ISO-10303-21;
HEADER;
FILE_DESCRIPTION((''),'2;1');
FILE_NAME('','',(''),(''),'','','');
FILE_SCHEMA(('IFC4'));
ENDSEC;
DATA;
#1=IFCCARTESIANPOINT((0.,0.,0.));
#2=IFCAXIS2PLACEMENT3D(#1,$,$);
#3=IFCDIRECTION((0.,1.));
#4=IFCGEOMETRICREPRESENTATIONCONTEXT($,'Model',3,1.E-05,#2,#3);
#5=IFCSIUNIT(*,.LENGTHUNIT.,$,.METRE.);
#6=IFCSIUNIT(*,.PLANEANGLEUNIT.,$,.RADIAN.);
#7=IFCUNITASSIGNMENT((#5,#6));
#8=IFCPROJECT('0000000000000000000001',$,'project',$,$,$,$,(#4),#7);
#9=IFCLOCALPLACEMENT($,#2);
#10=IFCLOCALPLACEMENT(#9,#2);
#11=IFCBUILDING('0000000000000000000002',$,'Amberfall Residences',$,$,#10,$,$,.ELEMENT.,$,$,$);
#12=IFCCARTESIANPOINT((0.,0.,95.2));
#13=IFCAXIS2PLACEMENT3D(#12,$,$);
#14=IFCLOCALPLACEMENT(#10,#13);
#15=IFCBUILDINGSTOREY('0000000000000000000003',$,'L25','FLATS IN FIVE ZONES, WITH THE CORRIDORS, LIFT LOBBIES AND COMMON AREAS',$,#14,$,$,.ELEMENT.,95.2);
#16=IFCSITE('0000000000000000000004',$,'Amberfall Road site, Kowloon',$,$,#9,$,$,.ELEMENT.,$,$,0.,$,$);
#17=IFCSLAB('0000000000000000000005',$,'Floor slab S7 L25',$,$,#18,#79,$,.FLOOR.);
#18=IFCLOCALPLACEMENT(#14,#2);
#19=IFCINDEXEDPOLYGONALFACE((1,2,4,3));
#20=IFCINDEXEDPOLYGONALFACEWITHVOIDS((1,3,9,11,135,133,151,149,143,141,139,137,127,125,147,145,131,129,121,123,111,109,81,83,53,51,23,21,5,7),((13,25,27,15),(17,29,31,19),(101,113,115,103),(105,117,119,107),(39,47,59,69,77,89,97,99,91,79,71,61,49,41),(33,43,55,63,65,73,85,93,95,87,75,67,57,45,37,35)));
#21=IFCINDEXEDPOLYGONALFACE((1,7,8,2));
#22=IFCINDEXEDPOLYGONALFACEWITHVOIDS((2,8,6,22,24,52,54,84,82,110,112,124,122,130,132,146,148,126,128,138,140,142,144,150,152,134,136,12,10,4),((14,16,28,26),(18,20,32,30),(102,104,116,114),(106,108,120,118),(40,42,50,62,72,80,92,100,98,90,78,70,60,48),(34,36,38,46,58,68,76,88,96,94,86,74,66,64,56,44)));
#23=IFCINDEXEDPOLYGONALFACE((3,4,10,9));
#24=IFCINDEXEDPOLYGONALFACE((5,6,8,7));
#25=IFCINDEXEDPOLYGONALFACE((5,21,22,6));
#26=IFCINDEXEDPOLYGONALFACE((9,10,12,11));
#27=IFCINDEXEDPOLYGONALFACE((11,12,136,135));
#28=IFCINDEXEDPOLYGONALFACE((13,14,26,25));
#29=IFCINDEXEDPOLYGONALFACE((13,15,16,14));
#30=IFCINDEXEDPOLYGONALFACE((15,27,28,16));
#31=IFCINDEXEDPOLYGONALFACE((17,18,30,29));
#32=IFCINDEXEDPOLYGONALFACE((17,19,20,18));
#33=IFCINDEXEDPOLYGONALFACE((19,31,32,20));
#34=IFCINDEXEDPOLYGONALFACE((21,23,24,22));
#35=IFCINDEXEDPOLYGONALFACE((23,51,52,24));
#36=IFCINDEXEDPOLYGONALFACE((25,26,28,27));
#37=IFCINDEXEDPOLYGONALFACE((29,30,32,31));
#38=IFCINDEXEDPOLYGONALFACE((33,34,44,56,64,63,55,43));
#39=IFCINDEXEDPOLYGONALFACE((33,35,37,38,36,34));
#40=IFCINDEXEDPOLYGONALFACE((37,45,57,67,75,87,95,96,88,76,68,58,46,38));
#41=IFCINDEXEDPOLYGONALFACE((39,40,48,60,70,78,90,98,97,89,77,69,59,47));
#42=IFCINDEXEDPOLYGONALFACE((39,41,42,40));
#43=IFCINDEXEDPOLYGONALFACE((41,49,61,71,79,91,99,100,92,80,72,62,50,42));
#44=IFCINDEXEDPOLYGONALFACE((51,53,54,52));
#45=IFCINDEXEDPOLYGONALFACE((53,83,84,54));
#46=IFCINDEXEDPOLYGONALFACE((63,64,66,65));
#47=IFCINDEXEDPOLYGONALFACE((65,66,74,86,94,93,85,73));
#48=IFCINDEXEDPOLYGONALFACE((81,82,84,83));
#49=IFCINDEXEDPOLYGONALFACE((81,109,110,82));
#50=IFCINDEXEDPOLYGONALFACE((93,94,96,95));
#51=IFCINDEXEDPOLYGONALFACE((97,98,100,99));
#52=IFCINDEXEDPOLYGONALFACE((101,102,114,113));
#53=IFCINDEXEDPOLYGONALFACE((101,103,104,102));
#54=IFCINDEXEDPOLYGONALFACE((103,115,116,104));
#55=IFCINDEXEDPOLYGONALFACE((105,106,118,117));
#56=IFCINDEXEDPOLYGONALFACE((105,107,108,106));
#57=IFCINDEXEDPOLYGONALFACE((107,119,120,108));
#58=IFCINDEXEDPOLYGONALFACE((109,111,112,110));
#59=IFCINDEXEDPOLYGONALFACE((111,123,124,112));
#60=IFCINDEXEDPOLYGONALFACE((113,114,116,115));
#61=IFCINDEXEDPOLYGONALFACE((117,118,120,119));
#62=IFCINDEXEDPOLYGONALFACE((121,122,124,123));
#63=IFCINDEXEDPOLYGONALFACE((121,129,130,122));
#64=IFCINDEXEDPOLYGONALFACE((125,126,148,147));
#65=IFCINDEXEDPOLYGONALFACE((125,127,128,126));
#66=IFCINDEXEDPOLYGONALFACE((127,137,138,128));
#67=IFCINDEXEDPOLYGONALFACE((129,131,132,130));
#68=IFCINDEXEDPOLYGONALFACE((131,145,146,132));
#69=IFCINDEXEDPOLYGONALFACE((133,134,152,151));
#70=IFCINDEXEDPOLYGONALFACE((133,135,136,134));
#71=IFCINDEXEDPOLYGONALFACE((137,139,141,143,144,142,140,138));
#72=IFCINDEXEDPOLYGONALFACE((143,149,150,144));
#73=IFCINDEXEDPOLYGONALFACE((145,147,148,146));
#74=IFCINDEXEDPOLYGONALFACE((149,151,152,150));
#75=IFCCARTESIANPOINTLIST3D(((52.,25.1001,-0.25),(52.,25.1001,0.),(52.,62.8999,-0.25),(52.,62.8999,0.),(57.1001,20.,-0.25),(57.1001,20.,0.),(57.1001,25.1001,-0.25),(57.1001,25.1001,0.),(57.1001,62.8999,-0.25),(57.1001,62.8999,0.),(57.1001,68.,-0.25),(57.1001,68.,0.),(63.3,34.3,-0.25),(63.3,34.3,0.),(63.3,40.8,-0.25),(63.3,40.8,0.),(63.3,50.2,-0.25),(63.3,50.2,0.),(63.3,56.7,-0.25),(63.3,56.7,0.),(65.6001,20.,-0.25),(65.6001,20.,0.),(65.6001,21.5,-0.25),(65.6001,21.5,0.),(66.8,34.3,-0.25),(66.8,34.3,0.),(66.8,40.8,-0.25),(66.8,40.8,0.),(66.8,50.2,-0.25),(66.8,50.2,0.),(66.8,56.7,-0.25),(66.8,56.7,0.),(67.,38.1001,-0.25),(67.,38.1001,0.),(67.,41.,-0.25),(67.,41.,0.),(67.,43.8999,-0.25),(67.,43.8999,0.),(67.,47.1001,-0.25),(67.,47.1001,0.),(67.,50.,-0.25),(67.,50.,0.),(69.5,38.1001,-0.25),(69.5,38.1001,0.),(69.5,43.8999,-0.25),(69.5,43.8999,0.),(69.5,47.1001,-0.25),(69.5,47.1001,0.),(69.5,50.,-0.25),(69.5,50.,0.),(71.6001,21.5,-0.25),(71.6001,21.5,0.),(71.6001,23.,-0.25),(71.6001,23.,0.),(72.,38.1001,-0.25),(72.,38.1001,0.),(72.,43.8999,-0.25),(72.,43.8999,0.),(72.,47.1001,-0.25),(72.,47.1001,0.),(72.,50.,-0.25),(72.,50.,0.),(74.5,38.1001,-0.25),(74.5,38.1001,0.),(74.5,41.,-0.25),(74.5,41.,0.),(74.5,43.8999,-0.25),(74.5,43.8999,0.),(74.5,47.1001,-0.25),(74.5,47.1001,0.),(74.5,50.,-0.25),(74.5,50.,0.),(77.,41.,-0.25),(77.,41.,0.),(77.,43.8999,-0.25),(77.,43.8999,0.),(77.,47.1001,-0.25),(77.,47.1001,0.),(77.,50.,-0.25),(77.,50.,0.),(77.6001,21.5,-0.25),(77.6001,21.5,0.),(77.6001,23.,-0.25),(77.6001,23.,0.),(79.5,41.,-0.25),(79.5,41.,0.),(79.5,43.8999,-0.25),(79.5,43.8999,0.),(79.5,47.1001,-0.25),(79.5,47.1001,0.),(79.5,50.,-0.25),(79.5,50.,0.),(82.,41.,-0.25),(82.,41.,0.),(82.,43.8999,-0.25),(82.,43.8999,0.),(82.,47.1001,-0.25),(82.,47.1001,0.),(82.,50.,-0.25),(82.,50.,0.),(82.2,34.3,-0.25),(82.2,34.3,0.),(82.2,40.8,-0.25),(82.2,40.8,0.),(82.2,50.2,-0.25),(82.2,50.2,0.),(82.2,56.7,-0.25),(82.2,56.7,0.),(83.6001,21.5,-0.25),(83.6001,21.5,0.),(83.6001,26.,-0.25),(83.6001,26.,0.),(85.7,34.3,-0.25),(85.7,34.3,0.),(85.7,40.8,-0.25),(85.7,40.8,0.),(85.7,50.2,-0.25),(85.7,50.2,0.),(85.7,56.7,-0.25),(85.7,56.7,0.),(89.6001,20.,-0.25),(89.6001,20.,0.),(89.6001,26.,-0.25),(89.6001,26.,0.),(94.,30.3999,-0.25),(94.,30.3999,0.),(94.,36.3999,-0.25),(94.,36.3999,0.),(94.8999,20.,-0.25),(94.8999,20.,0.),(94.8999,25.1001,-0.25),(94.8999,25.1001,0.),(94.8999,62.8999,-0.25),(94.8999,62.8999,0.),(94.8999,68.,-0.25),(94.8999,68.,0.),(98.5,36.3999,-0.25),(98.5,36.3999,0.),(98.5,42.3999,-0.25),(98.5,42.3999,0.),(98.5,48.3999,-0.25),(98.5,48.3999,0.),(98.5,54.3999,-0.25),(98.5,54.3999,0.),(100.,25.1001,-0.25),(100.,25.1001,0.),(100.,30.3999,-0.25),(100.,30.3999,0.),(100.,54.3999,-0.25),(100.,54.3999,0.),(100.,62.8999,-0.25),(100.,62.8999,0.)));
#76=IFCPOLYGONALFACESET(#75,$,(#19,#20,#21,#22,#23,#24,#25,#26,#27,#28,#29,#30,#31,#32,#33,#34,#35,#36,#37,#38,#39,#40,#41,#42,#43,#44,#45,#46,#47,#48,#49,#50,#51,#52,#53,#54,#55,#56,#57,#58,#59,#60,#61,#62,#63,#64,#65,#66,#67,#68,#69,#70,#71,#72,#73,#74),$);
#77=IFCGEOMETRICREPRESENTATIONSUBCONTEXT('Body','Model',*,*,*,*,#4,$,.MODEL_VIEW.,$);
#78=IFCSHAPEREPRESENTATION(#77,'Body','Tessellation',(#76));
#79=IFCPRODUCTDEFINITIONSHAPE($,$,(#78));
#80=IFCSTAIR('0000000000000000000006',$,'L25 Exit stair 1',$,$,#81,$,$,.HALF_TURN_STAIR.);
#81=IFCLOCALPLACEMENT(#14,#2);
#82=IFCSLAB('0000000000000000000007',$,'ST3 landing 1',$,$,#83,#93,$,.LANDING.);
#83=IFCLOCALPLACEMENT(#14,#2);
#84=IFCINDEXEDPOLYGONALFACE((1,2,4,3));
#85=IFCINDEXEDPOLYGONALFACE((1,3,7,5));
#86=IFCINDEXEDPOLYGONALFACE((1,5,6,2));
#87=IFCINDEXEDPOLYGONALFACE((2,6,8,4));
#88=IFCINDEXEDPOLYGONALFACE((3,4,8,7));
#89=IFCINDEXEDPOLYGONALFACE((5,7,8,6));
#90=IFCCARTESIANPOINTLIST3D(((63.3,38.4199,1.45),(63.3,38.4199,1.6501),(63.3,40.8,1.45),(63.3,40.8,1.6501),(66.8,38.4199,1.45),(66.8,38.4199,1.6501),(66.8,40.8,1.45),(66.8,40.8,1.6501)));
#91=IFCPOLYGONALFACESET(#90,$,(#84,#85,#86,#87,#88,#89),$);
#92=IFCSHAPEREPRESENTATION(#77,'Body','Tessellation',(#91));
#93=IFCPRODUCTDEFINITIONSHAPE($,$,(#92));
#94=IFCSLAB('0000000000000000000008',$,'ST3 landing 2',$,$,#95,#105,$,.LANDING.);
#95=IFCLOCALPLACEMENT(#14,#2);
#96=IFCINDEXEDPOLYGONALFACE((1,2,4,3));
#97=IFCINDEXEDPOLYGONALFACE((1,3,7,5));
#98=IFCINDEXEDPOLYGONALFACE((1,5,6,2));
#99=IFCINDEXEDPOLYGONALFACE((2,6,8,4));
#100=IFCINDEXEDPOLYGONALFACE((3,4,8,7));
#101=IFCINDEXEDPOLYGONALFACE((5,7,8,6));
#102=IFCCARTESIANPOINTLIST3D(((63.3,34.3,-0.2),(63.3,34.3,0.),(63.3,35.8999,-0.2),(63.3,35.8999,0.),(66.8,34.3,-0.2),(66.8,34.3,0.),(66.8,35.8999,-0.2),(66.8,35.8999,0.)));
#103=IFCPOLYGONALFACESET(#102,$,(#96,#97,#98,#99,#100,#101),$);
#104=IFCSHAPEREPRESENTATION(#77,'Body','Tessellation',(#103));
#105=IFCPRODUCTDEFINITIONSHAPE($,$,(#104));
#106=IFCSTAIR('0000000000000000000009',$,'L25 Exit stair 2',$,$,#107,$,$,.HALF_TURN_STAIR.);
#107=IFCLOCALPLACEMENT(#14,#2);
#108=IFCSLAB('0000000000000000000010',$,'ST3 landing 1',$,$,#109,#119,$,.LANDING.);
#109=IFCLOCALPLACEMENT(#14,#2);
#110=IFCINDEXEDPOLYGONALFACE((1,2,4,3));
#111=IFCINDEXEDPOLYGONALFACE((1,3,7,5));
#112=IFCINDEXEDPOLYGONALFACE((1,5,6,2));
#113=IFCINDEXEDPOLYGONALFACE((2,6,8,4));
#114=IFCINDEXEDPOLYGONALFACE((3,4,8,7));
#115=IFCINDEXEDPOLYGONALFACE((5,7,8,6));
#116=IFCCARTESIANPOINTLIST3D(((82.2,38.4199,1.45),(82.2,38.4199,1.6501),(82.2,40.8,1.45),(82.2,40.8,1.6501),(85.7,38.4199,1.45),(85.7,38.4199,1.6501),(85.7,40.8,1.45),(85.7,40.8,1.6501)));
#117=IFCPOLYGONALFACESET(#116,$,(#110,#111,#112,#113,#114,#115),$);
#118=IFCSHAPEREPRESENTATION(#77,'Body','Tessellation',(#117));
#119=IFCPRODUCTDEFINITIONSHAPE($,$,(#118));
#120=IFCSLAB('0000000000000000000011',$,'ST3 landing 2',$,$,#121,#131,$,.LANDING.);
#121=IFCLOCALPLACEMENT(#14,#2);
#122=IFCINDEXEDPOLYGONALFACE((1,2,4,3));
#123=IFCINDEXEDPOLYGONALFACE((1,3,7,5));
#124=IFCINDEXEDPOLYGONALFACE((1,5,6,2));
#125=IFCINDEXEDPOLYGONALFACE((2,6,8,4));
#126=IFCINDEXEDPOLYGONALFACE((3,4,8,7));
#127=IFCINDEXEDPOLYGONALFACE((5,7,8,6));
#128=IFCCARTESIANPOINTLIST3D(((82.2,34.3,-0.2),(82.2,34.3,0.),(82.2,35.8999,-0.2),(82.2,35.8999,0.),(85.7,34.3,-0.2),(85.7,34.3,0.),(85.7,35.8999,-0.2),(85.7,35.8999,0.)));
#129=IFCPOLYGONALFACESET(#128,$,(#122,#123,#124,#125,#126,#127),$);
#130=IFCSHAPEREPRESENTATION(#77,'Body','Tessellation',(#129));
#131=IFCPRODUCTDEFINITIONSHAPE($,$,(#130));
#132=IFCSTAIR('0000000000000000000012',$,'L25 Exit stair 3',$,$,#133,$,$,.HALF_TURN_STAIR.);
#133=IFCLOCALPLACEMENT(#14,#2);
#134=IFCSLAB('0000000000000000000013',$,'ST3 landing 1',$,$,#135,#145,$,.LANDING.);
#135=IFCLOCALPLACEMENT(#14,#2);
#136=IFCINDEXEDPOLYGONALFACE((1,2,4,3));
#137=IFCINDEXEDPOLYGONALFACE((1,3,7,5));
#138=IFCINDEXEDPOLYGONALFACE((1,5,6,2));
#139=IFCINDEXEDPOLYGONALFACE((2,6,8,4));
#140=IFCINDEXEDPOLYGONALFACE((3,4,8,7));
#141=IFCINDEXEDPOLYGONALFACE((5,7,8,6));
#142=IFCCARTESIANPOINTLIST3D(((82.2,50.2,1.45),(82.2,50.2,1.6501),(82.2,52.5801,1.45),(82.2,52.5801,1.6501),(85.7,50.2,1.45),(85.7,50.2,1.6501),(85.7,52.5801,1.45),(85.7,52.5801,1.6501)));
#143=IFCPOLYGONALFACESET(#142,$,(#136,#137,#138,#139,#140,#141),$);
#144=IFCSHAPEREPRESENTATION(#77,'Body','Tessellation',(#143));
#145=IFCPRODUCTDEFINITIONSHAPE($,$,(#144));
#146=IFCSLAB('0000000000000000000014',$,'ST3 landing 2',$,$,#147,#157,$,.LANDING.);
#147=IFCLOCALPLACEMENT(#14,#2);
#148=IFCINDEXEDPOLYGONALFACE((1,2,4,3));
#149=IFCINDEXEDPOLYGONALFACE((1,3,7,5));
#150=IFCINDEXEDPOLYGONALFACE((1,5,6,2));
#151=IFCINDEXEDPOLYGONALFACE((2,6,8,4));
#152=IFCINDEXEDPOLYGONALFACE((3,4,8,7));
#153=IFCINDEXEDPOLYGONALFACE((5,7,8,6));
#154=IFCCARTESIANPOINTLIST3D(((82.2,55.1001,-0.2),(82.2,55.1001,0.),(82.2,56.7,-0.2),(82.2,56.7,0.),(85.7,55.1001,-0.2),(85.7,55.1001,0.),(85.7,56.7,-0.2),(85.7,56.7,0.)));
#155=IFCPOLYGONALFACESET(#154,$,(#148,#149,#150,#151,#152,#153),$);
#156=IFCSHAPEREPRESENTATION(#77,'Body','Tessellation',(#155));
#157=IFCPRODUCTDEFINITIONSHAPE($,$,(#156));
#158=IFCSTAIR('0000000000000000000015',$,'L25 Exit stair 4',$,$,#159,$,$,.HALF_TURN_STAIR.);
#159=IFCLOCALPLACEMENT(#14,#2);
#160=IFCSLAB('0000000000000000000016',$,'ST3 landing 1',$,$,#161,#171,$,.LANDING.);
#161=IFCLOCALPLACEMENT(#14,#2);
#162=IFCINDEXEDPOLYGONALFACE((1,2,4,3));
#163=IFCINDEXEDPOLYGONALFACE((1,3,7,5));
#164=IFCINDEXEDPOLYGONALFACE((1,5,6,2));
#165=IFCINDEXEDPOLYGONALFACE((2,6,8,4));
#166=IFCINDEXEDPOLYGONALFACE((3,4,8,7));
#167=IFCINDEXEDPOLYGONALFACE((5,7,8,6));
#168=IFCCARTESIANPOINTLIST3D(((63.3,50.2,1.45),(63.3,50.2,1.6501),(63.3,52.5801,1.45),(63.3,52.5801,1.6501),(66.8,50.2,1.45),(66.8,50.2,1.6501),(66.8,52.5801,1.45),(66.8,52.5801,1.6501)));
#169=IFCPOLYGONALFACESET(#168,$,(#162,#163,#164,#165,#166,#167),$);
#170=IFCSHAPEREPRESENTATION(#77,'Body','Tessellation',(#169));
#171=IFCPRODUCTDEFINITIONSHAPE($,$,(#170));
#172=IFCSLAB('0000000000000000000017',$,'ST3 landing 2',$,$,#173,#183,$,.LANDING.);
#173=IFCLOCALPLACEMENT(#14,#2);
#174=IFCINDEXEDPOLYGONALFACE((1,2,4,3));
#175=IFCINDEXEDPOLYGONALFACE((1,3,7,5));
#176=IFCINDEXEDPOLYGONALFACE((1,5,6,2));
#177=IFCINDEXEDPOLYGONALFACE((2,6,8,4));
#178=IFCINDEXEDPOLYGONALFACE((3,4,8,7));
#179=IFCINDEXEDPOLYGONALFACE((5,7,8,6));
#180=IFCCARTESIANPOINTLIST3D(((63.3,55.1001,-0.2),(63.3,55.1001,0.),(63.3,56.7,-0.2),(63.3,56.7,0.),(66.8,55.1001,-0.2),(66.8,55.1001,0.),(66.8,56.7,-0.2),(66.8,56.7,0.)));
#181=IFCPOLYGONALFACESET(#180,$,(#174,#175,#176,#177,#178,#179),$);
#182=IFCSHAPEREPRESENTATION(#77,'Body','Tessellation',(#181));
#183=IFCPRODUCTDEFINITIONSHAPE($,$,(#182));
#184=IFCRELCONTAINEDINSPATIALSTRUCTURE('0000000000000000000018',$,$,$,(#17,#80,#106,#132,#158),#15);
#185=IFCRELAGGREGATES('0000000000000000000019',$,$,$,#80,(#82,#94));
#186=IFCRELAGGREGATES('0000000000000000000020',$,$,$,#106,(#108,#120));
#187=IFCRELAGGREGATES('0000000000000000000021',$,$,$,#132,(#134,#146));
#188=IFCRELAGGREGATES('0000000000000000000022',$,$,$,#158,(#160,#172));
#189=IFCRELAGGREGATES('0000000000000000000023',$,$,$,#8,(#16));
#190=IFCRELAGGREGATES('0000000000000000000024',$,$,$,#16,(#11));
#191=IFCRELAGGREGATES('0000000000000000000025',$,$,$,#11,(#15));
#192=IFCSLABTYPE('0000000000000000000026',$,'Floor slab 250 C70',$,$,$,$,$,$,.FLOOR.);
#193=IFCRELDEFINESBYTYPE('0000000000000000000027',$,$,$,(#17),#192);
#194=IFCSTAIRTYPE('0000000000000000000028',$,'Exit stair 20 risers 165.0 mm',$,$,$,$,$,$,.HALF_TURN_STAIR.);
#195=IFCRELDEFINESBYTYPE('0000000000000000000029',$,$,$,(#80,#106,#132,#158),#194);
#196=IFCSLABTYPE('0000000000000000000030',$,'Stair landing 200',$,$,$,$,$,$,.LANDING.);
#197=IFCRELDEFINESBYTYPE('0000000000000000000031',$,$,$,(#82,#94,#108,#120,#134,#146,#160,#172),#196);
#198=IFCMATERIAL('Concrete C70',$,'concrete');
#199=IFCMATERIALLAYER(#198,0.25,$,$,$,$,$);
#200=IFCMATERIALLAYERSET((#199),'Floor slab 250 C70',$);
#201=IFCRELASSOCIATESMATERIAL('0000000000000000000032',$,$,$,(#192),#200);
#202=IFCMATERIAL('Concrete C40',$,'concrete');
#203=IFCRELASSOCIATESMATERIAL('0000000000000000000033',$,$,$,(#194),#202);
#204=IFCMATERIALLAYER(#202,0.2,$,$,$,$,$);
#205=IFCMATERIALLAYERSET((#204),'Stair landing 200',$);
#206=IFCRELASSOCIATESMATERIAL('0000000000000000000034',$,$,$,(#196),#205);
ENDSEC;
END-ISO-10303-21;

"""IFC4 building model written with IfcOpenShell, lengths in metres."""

from ifc_helpers import new_model, si_unit, direction, frame, origin, place, context, subcontext, project, spatial, polyline, outline, extrude, material, layer, layer_set, type_object, element, aggregate, save


model = new_model("IFC4")

# Units and contexts
model_context = context("Model", 3, precision=1e-05, world=origin(), true_north=direction((0.0, 1.0)))
body_context = subcontext(model_context, "Body", "Model", "MODEL_VIEW")
ifc_project = project(units=[si_unit("LENGTHUNIT", "METRE"), si_unit("PLANEANGLEUNIT", "RADIAN")], contexts=[model_context])

# Site, building, storey
site_placement = place(None, origin())
site = spatial("IfcSite", under=ifc_project, at=site_placement, Name="Amberfall Road site, Kowloon", CompositionType="ELEMENT", RefElevation=0.0)
building_placement = place(site_placement, origin())
building = spatial("IfcBuilding", under=site, at=building_placement, Name="Amberfall Residences", CompositionType="ELEMENT")
storey_placement = place(building_placement, frame((0.0, 0.0, 95.2)))
storey = spatial("IfcBuildingStorey", under=building, at=storey_placement, Name="L25", Description="FLATS IN FIVE ZONES, WITH THE CORRIDORS, LIFT LOBBIES AND COMMON AREAS", CompositionType="ELEMENT", Elevation=95.2)

# Shared definitions
ifc_material_1 = material(Name="Concrete C70", Category="concrete")

# Slab
ifc_layer_1 = layer(ifc_material_1, 0.25)
ifc_layer_set_1 = layer_set([ifc_layer_1], Name="Floor slab 250 C70")
slab_type_1 = type_object("IfcSlabType", Name="Floor slab 250 C70", PredefinedType="FLOOR", material=ifc_layer_set_1)
slab_1_placement = place(storey_placement, frame((0.0, 0.0, -0.25)))
element("IfcSlab", 1, at=slab_1_placement, inside=storey, type_object=slab_type_1, Name="Floor slab S7 L25", PredefinedType="FLOOR", context=body_context, shape_type="SweptSolid", body=[
    extrude(outline(polyline([(89.6001, 20.0), (89.6001, 26.0), (83.6001, 26.0), (83.6001, 21.5), (77.6001, 21.5), (77.6001, 23.0), (71.6001, 23.0), (71.6001, 21.5), (65.6001, 21.5), (65.6001, 20.0), (57.1001, 20.0), (57.1001, 25.1001), (52.0, 25.1001), (52.0, 62.8999), (57.1001, 62.8999), (57.1001, 68.0), (94.8999, 68.0), (94.8999, 62.8999), (100.0, 62.8999), (100.0, 54.3999), (98.5, 54.3999), (98.5, 48.3999), (98.5, 42.3999), (98.5, 36.3999), (94.0, 36.3999), (94.0, 30.3999), (100.0, 30.3999), (100.0, 25.1001), (94.8999, 25.1001), (94.8999, 20.0), (89.6001, 20.0)]), holes=[polyline([(85.7, 34.3), (85.7, 40.8), (82.2, 40.8), (82.2, 34.3), (85.7, 34.3)]), polyline([(82.2, 50.2), (85.7, 50.2), (85.7, 56.7), (82.2, 56.7), (82.2, 50.2)]), polyline([(69.5, 50.0), (67.0, 50.0), (67.0, 47.1001), (69.5, 47.1001), (72.0, 47.1001), (74.5, 47.1001), (77.0, 47.1001), (79.5, 47.1001), (82.0, 47.1001), (82.0, 50.0), (79.5, 50.0), (77.0, 50.0), (74.5, 50.0), (72.0, 50.0), (69.5, 50.0)]), polyline([(74.5, 41.0), (77.0, 41.0), (79.5, 41.0), (82.0, 41.0), (82.0, 43.8999), (79.5, 43.8999), (77.0, 43.8999), (74.5, 43.8999), (72.0, 43.8999), (69.5, 43.8999), (67.0, 43.8999), (67.0, 41.0), (67.0, 38.1001), (69.5, 38.1001), (72.0, 38.1001), (74.5, 38.1001), (74.5, 41.0)]), polyline([(66.8, 34.3), (66.8, 40.8), (63.3, 40.8), (63.3, 34.3), (66.8, 34.3)]), polyline([(66.8, 50.2), (66.8, 56.7), (63.3, 56.7), (63.3, 50.2), (66.8, 50.2)])]), origin(), (0.0, 0.0, 1.0), 0.25),
])

# Stairs, slabs
ifc_material_2 = material(Name="Concrete C40", Category="concrete")
stair_type = type_object("IfcStairType", Name="Exit stair 20 risers 165.0 mm", PredefinedType="HALF_TURN_STAIR", material=ifc_material_2)
stair_1_placement = place(storey_placement, origin())
stair_1 = element("IfcStair", 2, at=stair_1_placement, inside=storey, type_object=stair_type, Name="L25 Exit stair 1", PredefinedType="HALF_TURN_STAIR")
ifc_layer_2 = layer(ifc_material_2, 0.2)
ifc_layer_set_2 = layer_set([ifc_layer_2], Name="Stair landing 200")
slab_type_2 = type_object("IfcSlabType", Name="Stair landing 200", PredefinedType="LANDING", material=ifc_layer_set_2)
slab_2_placement = place(storey_placement, frame((0.0, 0.0, 1.45)))
slab_2 = element("IfcSlab", 3, at=slab_2_placement, type_object=slab_type_2, Name="ST3 landing 1", PredefinedType="LANDING", context=body_context, shape_type="SweptSolid", body=[
    extrude(outline(polyline([(66.8, 38.4199), (66.8, 40.8), (63.3, 40.8), (63.3, 38.4199), (66.8, 38.4199)])), origin(), (0.0, 0.0, 1.0), 0.2002),
])
slab_3_placement = place(storey_placement, frame((0.0, 0.0, -0.2)))
slab_3 = element("IfcSlab", 4, at=slab_3_placement, type_object=slab_type_2, Name="ST3 landing 2", PredefinedType="LANDING", context=body_context, shape_type="SweptSolid", body=[
    extrude(outline(polyline([(66.8, 34.3), (66.8, 35.8999), (63.3, 35.8999), (63.3, 34.3), (66.8, 34.3)])), origin(), (0.0, 0.0, 1.0), 0.2),
])
aggregate(stair_1, [slab_2, slab_3])
stair_2_placement = place(storey_placement, origin())
stair_2 = element("IfcStair", 5, at=stair_2_placement, inside=storey, type_object=stair_type, Name="L25 Exit stair 2", PredefinedType="HALF_TURN_STAIR")
slab_4_placement = place(storey_placement, frame((0.0, 0.0, 1.45)))
slab_4 = element("IfcSlab", 6, at=slab_4_placement, type_object=slab_type_2, Name="ST3 landing 1", PredefinedType="LANDING", context=body_context, shape_type="SweptSolid", body=[
    extrude(outline(polyline([(85.7, 38.4199), (85.7, 40.8), (82.2, 40.8), (82.2, 38.4199), (85.7, 38.4199)])), origin(), (0.0, 0.0, 1.0), 0.2002),
])
slab_5_placement = place(storey_placement, frame((0.0, 0.0, -0.2)))
slab_5 = element("IfcSlab", 7, at=slab_5_placement, type_object=slab_type_2, Name="ST3 landing 2", PredefinedType="LANDING", context=body_context, shape_type="SweptSolid", body=[
    extrude(outline(polyline([(85.7, 34.3), (85.7, 35.8999), (82.2, 35.8999), (82.2, 34.3), (85.7, 34.3)])), origin(), (0.0, 0.0, 1.0), 0.2),
])
aggregate(stair_2, [slab_4, slab_5])
stair_3_placement = place(storey_placement, origin())
stair_3 = element("IfcStair", 8, at=stair_3_placement, inside=storey, type_object=stair_type, Name="L25 Exit stair 3", PredefinedType="HALF_TURN_STAIR")
slab_6_placement = place(storey_placement, frame((0.0, 0.0, 1.45)))
slab_6 = element("IfcSlab", 9, at=slab_6_placement, type_object=slab_type_2, Name="ST3 landing 1", PredefinedType="LANDING", context=body_context, shape_type="SweptSolid", body=[
    extrude(outline(polyline([(82.2, 52.5801), (82.2, 50.2), (85.7, 50.2), (85.7, 52.5801), (82.2, 52.5801)])), origin(), (0.0, 0.0, 1.0), 0.2002),
])
slab_7_placement = place(storey_placement, frame((0.0, 0.0, -0.2)))
slab_7 = element("IfcSlab", 10, at=slab_7_placement, type_object=slab_type_2, Name="ST3 landing 2", PredefinedType="LANDING", context=body_context, shape_type="SweptSolid", body=[
    extrude(outline(polyline([(82.2, 56.7), (82.2, 55.1001), (85.7, 55.1001), (85.7, 56.7), (82.2, 56.7)])), origin(), (0.0, 0.0, 1.0), 0.2),
])
aggregate(stair_3, [slab_6, slab_7])
stair_4_placement = place(storey_placement, origin())
stair_4 = element("IfcStair", 11, at=stair_4_placement, inside=storey, type_object=stair_type, Name="L25 Exit stair 4", PredefinedType="HALF_TURN_STAIR")
slab_8_placement = place(storey_placement, frame((0.0, 0.0, 1.45)))
slab_8 = element("IfcSlab", 12, at=slab_8_placement, type_object=slab_type_2, Name="ST3 landing 1", PredefinedType="LANDING", context=body_context, shape_type="SweptSolid", body=[
    extrude(outline(polyline([(63.3, 52.5801), (63.3, 50.2), (66.8, 50.2), (66.8, 52.5801), (63.3, 52.5801)])), origin(), (0.0, 0.0, 1.0), 0.2002),
])
slab_9_placement = place(storey_placement, frame((0.0, 0.0, -0.2)))
slab_9 = element("IfcSlab", 13, at=slab_9_placement, type_object=slab_type_2, Name="ST3 landing 2", PredefinedType="LANDING", context=body_context, shape_type="SweptSolid", body=[
    extrude(outline(polyline([(63.3, 56.7), (63.3, 55.1001), (66.8, 55.1001), (66.8, 56.7), (63.3, 56.7)])), origin(), (0.0, 0.0, 1.0), 0.2),
])
aggregate(stair_4, [slab_8, slab_9])

save(model, "model.ifc")
